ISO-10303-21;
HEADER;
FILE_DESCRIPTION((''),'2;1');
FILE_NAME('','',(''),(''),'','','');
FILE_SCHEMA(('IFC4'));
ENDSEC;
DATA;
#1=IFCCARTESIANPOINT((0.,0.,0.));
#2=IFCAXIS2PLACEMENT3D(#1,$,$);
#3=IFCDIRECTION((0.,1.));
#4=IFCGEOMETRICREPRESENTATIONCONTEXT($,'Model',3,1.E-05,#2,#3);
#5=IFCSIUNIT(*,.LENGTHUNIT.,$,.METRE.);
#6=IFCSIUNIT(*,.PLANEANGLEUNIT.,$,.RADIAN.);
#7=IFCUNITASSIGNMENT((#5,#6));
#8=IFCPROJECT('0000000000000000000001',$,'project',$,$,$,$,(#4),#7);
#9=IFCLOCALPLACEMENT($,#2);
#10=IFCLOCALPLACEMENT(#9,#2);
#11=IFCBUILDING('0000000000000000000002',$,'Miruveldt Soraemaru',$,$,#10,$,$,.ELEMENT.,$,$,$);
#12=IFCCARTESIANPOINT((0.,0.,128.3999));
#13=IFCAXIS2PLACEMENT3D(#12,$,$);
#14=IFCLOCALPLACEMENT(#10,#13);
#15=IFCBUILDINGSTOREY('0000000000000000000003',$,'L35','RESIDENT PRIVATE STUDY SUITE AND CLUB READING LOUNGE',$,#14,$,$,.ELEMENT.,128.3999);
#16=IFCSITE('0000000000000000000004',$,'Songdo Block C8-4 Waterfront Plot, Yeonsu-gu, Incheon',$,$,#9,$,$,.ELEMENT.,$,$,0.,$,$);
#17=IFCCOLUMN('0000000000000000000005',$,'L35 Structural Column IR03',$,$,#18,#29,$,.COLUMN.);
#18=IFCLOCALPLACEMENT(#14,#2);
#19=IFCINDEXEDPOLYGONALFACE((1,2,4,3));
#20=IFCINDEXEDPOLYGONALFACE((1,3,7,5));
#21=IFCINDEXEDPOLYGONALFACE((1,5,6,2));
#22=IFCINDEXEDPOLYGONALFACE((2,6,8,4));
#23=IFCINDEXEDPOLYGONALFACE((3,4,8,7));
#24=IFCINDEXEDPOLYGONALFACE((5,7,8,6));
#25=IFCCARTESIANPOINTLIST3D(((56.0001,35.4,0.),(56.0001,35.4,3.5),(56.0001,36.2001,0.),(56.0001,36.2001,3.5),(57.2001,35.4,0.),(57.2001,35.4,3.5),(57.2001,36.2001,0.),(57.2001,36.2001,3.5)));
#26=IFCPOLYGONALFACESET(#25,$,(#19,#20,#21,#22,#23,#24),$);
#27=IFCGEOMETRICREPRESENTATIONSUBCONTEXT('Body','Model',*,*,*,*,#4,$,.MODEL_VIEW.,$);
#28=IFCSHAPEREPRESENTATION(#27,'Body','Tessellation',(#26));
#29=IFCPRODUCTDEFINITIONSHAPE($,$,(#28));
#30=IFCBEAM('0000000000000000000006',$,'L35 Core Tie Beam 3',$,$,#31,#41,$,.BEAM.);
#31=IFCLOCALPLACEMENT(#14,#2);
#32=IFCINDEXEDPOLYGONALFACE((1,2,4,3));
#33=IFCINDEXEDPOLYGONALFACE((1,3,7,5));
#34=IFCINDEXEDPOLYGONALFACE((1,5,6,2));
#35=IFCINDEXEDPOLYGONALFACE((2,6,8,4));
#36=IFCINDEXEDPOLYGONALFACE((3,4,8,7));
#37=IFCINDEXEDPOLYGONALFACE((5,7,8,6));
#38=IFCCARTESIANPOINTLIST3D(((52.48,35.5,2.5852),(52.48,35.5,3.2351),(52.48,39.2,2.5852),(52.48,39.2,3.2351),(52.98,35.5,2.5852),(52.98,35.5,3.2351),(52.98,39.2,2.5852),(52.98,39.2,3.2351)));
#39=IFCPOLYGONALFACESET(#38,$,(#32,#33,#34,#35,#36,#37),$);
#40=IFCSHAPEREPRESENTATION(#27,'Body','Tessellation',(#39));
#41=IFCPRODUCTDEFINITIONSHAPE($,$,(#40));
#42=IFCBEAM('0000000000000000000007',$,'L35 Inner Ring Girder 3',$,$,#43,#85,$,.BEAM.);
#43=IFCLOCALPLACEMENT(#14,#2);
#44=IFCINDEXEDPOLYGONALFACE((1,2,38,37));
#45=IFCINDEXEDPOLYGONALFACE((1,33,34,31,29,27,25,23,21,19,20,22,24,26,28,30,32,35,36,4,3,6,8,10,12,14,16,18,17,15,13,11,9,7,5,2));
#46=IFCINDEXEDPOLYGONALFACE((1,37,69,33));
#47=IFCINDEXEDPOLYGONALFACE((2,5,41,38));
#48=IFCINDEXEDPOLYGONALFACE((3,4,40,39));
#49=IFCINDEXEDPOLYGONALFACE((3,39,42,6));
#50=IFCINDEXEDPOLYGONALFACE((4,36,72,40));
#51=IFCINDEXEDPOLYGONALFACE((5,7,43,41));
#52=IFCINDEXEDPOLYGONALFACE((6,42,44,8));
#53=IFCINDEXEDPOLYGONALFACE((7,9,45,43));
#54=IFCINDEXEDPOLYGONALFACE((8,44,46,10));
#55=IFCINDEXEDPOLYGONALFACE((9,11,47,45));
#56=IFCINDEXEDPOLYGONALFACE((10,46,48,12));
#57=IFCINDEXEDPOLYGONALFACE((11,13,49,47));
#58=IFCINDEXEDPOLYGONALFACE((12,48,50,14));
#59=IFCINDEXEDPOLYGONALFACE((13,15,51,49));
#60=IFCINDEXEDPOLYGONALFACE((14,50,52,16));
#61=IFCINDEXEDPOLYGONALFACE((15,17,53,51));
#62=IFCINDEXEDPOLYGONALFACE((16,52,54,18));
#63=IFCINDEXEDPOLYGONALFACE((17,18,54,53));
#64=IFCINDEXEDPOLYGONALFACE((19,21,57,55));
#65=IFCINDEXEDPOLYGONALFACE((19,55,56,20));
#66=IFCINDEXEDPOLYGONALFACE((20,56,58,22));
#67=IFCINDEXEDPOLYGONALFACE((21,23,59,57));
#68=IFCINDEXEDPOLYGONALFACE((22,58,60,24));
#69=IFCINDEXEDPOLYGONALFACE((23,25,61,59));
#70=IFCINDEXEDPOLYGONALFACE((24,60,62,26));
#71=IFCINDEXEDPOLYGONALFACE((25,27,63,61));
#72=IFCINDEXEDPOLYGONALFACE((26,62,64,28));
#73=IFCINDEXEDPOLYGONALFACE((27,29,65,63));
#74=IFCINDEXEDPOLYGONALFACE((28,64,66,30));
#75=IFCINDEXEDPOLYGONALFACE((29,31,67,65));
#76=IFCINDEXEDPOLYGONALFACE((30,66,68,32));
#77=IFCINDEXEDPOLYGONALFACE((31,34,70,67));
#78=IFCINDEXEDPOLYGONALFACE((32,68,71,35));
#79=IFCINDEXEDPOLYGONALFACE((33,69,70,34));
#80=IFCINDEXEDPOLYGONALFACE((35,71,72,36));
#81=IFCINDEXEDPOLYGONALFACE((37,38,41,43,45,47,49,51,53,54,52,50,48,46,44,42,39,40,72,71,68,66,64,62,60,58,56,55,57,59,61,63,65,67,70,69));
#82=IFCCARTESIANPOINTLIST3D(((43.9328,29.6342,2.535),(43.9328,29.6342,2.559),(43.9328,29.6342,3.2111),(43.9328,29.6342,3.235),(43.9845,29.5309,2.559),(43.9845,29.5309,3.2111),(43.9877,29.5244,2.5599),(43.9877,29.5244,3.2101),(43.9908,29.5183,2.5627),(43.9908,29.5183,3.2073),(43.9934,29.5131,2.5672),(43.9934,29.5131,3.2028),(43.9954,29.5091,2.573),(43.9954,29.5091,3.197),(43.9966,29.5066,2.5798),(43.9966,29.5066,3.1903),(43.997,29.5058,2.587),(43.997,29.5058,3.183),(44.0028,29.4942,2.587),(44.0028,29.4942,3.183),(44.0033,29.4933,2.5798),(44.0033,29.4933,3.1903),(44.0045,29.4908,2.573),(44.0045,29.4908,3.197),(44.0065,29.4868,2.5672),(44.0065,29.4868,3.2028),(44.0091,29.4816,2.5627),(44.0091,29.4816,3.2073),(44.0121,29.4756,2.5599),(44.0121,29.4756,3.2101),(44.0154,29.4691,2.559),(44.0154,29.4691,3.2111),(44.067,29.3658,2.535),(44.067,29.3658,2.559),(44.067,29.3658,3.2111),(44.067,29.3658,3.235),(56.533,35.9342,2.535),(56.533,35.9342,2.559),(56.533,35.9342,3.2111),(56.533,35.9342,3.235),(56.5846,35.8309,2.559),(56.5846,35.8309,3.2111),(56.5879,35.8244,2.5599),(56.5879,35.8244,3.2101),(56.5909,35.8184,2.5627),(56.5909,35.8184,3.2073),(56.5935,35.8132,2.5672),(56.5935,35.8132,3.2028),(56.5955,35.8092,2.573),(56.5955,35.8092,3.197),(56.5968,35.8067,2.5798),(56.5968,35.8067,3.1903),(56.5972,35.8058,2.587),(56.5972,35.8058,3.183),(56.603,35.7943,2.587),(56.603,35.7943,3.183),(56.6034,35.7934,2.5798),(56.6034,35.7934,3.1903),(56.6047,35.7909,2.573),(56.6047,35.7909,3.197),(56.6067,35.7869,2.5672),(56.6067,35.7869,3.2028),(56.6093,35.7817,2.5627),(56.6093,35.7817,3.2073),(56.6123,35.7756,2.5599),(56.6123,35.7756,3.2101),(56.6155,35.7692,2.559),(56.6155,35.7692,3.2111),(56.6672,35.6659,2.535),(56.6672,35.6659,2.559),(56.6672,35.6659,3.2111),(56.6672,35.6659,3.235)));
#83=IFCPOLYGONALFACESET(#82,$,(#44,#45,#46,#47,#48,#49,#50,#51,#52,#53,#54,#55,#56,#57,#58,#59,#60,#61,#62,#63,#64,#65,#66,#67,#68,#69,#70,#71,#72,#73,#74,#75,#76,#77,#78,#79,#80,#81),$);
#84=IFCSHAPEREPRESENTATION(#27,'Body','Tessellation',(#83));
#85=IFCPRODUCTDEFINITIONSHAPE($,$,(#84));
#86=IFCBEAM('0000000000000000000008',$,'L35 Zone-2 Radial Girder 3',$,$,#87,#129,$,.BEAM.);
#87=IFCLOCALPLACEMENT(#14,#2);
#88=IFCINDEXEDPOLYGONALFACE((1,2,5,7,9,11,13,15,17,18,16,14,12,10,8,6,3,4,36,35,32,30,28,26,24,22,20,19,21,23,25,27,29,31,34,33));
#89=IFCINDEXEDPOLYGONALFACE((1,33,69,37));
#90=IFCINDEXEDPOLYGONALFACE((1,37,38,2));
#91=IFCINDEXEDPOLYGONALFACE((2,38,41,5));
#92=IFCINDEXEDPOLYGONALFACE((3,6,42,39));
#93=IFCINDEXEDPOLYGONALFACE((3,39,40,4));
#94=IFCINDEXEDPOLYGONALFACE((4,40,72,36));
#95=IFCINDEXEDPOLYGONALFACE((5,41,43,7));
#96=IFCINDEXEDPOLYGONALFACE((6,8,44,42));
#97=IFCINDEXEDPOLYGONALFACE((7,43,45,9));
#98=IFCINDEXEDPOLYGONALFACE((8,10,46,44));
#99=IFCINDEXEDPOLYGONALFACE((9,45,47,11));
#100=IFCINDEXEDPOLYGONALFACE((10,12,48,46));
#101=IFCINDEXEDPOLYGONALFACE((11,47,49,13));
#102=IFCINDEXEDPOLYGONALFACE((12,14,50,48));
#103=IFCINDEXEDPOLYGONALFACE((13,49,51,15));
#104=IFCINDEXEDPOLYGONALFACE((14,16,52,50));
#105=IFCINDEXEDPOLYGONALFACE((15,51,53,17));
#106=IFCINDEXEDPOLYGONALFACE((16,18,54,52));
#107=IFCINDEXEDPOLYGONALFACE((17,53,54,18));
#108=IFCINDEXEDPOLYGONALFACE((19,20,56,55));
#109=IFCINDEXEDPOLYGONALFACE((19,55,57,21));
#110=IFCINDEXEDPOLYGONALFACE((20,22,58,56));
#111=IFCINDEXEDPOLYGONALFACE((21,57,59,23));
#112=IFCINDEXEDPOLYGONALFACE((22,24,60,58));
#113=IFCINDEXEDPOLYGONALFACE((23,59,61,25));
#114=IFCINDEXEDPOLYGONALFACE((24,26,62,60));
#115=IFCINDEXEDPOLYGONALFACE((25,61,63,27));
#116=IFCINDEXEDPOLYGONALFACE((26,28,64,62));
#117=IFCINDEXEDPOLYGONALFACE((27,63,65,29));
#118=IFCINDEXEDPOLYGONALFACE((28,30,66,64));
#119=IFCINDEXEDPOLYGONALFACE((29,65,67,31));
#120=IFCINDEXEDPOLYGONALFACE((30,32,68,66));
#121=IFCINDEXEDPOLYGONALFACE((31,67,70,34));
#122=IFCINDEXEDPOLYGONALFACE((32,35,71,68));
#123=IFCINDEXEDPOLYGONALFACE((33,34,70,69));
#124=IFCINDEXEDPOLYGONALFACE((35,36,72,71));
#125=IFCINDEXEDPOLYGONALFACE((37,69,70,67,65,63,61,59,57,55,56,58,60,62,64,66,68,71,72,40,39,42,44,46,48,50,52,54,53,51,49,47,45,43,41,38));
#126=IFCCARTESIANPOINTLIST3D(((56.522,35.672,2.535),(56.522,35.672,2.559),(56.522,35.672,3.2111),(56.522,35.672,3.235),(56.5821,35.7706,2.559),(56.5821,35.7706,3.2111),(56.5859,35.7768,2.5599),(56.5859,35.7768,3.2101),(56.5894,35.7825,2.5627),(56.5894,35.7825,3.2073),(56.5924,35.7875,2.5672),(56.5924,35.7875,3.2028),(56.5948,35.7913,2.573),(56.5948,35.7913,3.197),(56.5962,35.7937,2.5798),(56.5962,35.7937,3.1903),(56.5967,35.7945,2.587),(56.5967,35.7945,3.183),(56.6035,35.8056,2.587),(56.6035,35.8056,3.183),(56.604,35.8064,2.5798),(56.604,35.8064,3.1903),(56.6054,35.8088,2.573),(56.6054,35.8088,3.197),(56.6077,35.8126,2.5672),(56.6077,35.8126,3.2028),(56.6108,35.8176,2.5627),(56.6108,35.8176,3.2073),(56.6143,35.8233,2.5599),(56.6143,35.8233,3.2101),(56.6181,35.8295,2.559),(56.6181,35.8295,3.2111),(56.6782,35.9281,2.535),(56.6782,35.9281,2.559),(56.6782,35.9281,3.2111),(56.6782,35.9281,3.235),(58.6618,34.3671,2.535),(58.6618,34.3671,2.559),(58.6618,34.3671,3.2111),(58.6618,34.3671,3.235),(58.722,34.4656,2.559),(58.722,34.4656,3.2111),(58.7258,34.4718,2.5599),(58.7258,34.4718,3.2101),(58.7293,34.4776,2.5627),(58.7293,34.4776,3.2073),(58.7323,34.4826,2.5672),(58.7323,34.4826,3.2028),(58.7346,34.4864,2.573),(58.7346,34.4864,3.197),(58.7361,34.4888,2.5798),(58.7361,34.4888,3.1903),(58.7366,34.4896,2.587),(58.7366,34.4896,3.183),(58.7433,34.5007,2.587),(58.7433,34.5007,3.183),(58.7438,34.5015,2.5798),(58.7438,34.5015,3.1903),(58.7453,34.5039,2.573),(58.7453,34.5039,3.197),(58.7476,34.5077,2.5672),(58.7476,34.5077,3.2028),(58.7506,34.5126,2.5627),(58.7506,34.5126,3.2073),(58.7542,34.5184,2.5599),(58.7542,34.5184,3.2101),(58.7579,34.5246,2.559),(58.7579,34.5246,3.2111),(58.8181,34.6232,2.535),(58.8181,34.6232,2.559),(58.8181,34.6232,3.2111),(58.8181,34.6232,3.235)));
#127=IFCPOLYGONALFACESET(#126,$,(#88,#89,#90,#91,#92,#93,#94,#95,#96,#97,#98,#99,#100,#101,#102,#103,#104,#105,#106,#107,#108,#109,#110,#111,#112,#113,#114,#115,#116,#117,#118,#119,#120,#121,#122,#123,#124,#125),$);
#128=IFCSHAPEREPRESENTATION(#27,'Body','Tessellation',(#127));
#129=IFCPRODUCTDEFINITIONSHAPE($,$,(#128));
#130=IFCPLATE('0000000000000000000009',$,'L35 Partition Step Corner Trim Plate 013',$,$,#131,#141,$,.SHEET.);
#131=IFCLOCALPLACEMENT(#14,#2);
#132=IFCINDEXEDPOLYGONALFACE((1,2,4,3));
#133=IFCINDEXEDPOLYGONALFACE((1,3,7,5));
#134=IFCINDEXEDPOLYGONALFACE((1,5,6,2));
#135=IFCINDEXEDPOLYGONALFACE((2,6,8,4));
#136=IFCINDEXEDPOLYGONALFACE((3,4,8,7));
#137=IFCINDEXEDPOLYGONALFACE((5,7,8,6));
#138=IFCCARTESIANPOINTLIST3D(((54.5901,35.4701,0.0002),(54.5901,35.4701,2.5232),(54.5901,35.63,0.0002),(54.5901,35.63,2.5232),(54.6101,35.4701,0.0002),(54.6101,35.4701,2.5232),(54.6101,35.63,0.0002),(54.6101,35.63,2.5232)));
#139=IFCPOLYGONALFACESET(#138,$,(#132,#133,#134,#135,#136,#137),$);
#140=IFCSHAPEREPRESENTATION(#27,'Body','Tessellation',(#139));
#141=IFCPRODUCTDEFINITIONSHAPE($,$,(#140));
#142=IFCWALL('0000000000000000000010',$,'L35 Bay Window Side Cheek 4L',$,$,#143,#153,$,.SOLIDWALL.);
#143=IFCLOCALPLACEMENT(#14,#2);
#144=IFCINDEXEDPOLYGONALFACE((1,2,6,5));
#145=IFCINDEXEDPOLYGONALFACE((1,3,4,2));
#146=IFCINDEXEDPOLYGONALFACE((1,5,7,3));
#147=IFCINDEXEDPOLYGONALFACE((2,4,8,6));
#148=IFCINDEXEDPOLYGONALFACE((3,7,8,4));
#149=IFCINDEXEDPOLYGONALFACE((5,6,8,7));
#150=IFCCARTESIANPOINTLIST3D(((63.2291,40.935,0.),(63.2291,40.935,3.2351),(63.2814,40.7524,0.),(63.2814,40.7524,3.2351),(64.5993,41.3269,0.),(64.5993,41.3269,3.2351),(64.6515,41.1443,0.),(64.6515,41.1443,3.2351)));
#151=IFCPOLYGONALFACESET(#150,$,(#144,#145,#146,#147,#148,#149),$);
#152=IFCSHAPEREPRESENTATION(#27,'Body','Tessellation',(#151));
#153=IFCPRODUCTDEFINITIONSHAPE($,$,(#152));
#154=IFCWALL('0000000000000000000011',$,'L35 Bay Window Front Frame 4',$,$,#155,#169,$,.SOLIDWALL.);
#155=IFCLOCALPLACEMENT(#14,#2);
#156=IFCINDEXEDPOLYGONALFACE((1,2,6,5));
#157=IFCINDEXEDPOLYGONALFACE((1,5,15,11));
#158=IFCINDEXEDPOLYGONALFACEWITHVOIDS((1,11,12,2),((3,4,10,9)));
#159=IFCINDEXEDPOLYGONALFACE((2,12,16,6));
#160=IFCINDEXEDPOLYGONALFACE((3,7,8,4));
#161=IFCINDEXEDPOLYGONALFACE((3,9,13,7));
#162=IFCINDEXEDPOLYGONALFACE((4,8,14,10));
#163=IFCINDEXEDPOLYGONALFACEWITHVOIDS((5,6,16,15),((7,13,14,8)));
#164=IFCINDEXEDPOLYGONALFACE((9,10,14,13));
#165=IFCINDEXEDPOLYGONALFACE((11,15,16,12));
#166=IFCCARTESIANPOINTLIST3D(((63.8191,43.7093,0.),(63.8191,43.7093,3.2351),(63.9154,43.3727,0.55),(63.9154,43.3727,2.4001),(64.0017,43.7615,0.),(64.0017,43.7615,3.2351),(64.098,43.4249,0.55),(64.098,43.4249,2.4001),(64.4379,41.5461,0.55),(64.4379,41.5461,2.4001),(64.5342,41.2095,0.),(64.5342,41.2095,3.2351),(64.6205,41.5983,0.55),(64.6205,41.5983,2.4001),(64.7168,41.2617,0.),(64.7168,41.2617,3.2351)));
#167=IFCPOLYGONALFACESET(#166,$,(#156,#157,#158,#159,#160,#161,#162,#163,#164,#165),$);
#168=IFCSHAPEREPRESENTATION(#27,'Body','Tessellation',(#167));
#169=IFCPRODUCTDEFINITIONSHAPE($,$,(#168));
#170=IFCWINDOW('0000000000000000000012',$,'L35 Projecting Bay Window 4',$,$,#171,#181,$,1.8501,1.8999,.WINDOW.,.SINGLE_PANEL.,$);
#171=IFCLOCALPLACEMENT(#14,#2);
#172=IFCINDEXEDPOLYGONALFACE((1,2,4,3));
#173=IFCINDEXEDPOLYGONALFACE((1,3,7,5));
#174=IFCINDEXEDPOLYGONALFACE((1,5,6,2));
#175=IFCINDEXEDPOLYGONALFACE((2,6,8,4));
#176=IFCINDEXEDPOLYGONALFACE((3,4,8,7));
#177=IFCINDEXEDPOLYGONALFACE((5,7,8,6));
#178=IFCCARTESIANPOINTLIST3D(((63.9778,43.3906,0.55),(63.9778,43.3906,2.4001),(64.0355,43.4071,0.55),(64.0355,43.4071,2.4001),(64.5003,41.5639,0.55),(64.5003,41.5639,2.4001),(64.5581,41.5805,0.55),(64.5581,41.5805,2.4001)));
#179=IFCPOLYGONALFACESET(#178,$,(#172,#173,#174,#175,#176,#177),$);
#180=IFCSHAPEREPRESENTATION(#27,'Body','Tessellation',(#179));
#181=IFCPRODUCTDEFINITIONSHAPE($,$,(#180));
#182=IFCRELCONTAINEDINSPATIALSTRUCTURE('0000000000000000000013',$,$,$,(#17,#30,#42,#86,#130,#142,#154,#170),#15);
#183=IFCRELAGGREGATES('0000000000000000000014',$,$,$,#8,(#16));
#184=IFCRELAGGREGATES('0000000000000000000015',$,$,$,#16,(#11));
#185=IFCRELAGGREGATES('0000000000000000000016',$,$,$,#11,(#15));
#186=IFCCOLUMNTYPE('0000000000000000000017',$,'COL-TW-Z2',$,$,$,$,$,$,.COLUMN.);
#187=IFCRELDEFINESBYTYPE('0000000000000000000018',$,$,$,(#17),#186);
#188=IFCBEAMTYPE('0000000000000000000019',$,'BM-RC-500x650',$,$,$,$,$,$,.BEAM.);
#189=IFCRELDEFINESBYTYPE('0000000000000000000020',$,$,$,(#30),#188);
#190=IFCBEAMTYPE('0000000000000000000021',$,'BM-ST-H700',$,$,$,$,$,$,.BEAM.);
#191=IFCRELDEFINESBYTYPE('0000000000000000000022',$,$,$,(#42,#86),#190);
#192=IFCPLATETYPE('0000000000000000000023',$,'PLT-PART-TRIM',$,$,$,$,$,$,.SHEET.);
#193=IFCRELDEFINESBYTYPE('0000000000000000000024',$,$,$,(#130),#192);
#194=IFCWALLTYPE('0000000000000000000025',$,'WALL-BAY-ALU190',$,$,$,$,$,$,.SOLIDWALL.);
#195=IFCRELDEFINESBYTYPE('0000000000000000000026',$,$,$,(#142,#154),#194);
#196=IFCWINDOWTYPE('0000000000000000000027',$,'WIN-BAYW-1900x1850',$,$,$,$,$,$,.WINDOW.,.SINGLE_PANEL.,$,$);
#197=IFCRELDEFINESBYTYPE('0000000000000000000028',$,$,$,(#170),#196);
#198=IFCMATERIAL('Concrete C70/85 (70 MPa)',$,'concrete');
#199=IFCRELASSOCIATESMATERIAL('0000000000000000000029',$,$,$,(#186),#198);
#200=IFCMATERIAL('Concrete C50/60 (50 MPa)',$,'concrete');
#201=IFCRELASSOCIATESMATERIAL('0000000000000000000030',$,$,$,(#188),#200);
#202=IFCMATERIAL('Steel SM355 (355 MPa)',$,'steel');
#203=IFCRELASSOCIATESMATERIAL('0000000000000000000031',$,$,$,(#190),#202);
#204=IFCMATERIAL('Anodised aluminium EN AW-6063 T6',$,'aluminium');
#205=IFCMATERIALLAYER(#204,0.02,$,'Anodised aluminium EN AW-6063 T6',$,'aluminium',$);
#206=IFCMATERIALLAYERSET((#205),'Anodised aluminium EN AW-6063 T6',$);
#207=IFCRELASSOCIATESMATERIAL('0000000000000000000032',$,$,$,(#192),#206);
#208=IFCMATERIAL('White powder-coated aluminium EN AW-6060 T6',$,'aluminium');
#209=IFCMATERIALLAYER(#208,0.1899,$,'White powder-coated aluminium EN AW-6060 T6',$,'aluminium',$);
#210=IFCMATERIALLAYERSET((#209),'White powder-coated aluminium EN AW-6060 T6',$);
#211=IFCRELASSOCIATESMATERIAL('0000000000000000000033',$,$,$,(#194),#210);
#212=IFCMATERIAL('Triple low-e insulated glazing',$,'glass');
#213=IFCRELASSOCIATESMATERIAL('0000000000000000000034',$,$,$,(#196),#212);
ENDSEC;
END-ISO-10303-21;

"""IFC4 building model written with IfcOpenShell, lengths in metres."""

from ifc_helpers import new_model, si_unit, direction, frame, frame_2d, origin, origin_2d, place, context, subcontext, project, spatial, rectangle, i_section, extrude, material, layer, layer_set, material_profile, profile_set, type_object, element, fill, save


model = new_model("IFC4")

# Units and contexts
model_context = context("Model", 3, precision=1e-05, world=origin(), true_north=direction((0.0, 1.0)))
body_context = subcontext(model_context, "Body", "Model", "MODEL_VIEW")
ifc_project = project(units=[si_unit("LENGTHUNIT", "METRE"), si_unit("PLANEANGLEUNIT", "RADIAN")], contexts=[model_context])

# Site, building, storey
site_placement = place(None, origin())
site = spatial("IfcSite", under=ifc_project, at=site_placement, Name="Songdo Block C8-4 Waterfront Plot, Yeonsu-gu, Incheon", CompositionType="ELEMENT", RefElevation=0.0)
building_placement = place(site_placement, origin())
building = spatial("IfcBuilding", under=site, at=building_placement, Name="Miruveldt Soraemaru", CompositionType="ELEMENT")
storey_placement = place(building_placement, frame((0.0, 0.0, 128.3999)))
storey = spatial("IfcBuildingStorey", under=building, at=storey_placement, Name="L35", Description="RESIDENT PRIVATE STUDY SUITE AND CLUB READING LOUNGE", CompositionType="ELEMENT", Elevation=128.3999)

# Column
ifc_material_1 = material(Name="Concrete C70/85 (70 MPa)", Category="concrete")
ifc_material_profile_1 = material_profile(ifc_material_1, rectangle(XDim=1.2, YDim=0.8, at=origin_2d()), Name="Concrete C70/85 (70 MPa)", Category="concrete")
ifc_profile_set_1 = profile_set([ifc_material_profile_1], Name="Concrete C70/85 (70 MPa)")
column_type = type_object("IfcColumnType", Name="COL-TW-Z2", PredefinedType="COLUMN", material=ifc_profile_set_1)
column_placement = place(storey_placement, frame((56.6001, 35.8, 0.0), z_axis=(0.0, 0.0, 1.0), x_axis=(1.0, 0.0, 0.0)))
element("IfcColumn", 1, at=column_placement, inside=storey, type_object=column_type, Name="L35 Structural Column IR03", PredefinedType="COLUMN", context=body_context, shape_type="SweptSolid", body=[
    extrude(rectangle(XDim=1.2, YDim=0.8, at=origin_2d()), origin(), (0.0, 0.0, 1.0), 3.5),
])

# Beams
ifc_material_2 = material(Name="Concrete C50/60 (50 MPa)", Category="concrete")
ifc_material_profile_2 = material_profile(ifc_material_2, rectangle(XDim=0.5, YDim=0.6499, at=origin_2d()), Name="Concrete C50/60 (50 MPa)", Category="concrete")
ifc_profile_set_2 = profile_set([ifc_material_profile_2], Name="Concrete C50/60 (50 MPa)")
beam_type_1 = type_object("IfcBeamType", Name="BM-RC-500x650", PredefinedType="BEAM", material=ifc_profile_set_2)
beam_1_placement = place(storey_placement, frame((52.73, 35.5, 2.9102), z_axis=(0.0, 1.0, 0.0), x_axis=(-1.0, 0.0, 0.0)))
element("IfcBeam", 2, at=beam_1_placement, inside=storey, type_object=beam_type_1, Name="L35 Core Tie Beam 3", PredefinedType="BEAM", context=body_context, shape_type="SweptSolid", body=[
    extrude(rectangle(XDim=0.5, YDim=0.6499, at=origin_2d()), origin(), (0.0, 0.0, 1.0), 3.7),
])
ifc_material_3 = material(Name="Steel SM355 (355 MPa)", Category="steel")
ifc_material_profile_3 = material_profile(ifc_material_3, i_section(OverallWidth=0.3, OverallDepth=0.7, WebThickness=0.0129, FlangeThickness=0.0239, FilletRadius=0.0281, at=origin_2d()), Name="Steel SM355 (355 MPa)", Category="steel")
ifc_profile_set_3 = profile_set([ifc_material_profile_3], Name="Steel SM355 (355 MPa)")
beam_type_2 = type_object("IfcBeamType", Name="BM-ST-H700", PredefinedType="BEAM", material=ifc_profile_set_3)
beam_2_placement = place(storey_placement, frame((56.6001, 35.8, 2.885), z_axis=(-0.894427, -0.447214, 0.0), x_axis=(0.447214, -0.894427, 0.0)))
element("IfcBeam", 3, at=beam_2_placement, inside=storey, type_object=beam_type_2, Name="L35 Inner Ring Girder 3", PredefinedType="BEAM", context=body_context, shape_type="SweptSolid", body=[
    extrude(i_section(OverallWidth=0.3, OverallDepth=0.7, WebThickness=0.0129, FlangeThickness=0.0239, FilletRadius=0.0281, at=origin_2d()), origin(), (0.0, 0.0, 1.0), 14.0874),
])
beam_3_placement = place(storey_placement, frame((56.6001, 35.8, 2.885), z_axis=(0.853775, -0.520642, 0.0), x_axis=(0.520642, 0.853775, 0.0)))
element("IfcBeam", 4, at=beam_3_placement, inside=storey, type_object=beam_type_2, Name="L35 Zone-2 Radial Girder 3", PredefinedType="BEAM", context=body_context, shape_type="SweptSolid", body=[
    extrude(i_section(OverallWidth=0.3, OverallDepth=0.7, WebThickness=0.0129, FlangeThickness=0.0239, FilletRadius=0.0281, at=origin_2d()), origin(), (0.0, 0.0, 1.0), 2.5063),
])

# Plate
ifc_material_4 = material(Name="Anodised aluminium EN AW-6063 T6", Category="aluminium")
ifc_layer_1 = layer(ifc_material_4, 0.02, Name="Anodised aluminium EN AW-6063 T6", Category="aluminium")
ifc_layer_set_1 = layer_set([ifc_layer_1], Name="Anodised aluminium EN AW-6063 T6")
plate_type = type_object("IfcPlateType", Name="PLT-PART-TRIM", PredefinedType="SHEET", material=ifc_layer_set_1)
plate_placement = place(storey_placement, frame((54.6001, 35.55, 0.0002), z_axis=(0.0, 0.0, 1.0), x_axis=(0.0, 1.0, 0.0)))
element("IfcPlate", 5, at=plate_placement, inside=storey, type_object=plate_type, Name="L35 Partition Step Corner Trim Plate 013", PredefinedType="SHEET", context=body_context, shape_type="SweptSolid", body=[
    extrude(rectangle(XDim=0.1599, YDim=0.02, at=origin_2d()), origin(), (0.0, 0.0, 1.0), 2.5229),
])

# Wall
ifc_material_5 = material(Name="White powder-coated aluminium EN AW-6060 T6", Category="aluminium")
ifc_layer_2 = layer(ifc_material_5, 0.1899, Name="White powder-coated aluminium EN AW-6060 T6", Category="aluminium")
ifc_layer_set_2 = layer_set([ifc_layer_2], Name="White powder-coated aluminium EN AW-6060 T6")
wall_type_1 = type_object("IfcWallType", Name="WALL-BAY-ALU190", PredefinedType="SOLIDWALL", material=ifc_layer_set_2)
wall_1_placement = place(storey_placement, frame((63.2554, 40.8438, 0.0), z_axis=(0.0, 0.0, 1.0), x_axis=(0.961453, 0.27497, 0.0)))
element("IfcWall", 6, at=wall_1_placement, inside=storey, type_object=wall_type_1, Name="L35 Bay Window Side Cheek 4L", PredefinedType="SOLIDWALL", context=body_context, shape_type="SweptSolid", body=[
    extrude(rectangle(XDim=1.425, YDim=0.1899, at=frame_2d((0.7124, 0.0))), origin(), (0.0, 0.0, 1.0), 3.2351),
])

# Wall, opening, window
wall_2_placement = place(storey_placement, frame((64.6255, 41.2356, 0.0), z_axis=(0.0, 0.0, 1.0), x_axis=(-0.275031, 0.961435, 0.0)))
wall_2 = element("IfcWall", 7, at=wall_2_placement, inside=storey, type_object=wall_type_1, Name="L35 Bay Window Front Frame 4", PredefinedType="SOLIDWALL", context=body_context, shape_type="SweptSolid", body=[
    extrude(rectangle(XDim=2.6001, YDim=0.1899, at=frame_2d((1.3, 0.0))), origin(), (0.0, 0.0, 1.0), 3.2351),
])
opening_1_placement = place(wall_2_placement, frame((0.3501, 0.0, 0.55)))
opening_1 = element("IfcOpeningElement", 8, at=opening_1_placement, cuts=wall_2, PredefinedType="OPENING", context=body_context, shape_type="SweptSolid", body=[
    extrude(rectangle(XDim=1.8999, YDim=1.8501, at=frame_2d((0.95, 0.925))), frame((0.0, 0.105, 0.0), z_axis=(0.0, -1.0, 0.0), x_axis=(1.0, 0.0, 0.0)), (0.0, 0.0, 1.0), 0.21),
])
ifc_material_6 = material(Name="Triple low-e insulated glazing", Category="glass")
window_type = type_object("IfcWindowType", Name="WIN-BAYW-1900x1850", PartitioningType="SINGLE_PANEL", PredefinedType="WINDOW", material=ifc_material_6)
window_placement = place(opening_1_placement, origin())
window = element("IfcWindow", 9, at=window_placement, inside=storey, type_object=window_type, Name="L35 Projecting Bay Window 4", OverallHeight=1.8501, OverallWidth=1.8999, PartitioningType="SINGLE_PANEL", PredefinedType="WINDOW", context=body_context, shape_type="SweptSolid", body=[
    extrude(rectangle(XDim=1.8999, YDim=1.8501, at=frame_2d((0.95, 0.925))), frame((0.0, 0.03, 0.0), z_axis=(0.0, -1.0, 0.0), x_axis=(1.0, 0.0, 0.0)), (0.0, 0.0, 1.0), 0.0601),
])
fill(opening_1, window)

save(model, "model.ifc")
